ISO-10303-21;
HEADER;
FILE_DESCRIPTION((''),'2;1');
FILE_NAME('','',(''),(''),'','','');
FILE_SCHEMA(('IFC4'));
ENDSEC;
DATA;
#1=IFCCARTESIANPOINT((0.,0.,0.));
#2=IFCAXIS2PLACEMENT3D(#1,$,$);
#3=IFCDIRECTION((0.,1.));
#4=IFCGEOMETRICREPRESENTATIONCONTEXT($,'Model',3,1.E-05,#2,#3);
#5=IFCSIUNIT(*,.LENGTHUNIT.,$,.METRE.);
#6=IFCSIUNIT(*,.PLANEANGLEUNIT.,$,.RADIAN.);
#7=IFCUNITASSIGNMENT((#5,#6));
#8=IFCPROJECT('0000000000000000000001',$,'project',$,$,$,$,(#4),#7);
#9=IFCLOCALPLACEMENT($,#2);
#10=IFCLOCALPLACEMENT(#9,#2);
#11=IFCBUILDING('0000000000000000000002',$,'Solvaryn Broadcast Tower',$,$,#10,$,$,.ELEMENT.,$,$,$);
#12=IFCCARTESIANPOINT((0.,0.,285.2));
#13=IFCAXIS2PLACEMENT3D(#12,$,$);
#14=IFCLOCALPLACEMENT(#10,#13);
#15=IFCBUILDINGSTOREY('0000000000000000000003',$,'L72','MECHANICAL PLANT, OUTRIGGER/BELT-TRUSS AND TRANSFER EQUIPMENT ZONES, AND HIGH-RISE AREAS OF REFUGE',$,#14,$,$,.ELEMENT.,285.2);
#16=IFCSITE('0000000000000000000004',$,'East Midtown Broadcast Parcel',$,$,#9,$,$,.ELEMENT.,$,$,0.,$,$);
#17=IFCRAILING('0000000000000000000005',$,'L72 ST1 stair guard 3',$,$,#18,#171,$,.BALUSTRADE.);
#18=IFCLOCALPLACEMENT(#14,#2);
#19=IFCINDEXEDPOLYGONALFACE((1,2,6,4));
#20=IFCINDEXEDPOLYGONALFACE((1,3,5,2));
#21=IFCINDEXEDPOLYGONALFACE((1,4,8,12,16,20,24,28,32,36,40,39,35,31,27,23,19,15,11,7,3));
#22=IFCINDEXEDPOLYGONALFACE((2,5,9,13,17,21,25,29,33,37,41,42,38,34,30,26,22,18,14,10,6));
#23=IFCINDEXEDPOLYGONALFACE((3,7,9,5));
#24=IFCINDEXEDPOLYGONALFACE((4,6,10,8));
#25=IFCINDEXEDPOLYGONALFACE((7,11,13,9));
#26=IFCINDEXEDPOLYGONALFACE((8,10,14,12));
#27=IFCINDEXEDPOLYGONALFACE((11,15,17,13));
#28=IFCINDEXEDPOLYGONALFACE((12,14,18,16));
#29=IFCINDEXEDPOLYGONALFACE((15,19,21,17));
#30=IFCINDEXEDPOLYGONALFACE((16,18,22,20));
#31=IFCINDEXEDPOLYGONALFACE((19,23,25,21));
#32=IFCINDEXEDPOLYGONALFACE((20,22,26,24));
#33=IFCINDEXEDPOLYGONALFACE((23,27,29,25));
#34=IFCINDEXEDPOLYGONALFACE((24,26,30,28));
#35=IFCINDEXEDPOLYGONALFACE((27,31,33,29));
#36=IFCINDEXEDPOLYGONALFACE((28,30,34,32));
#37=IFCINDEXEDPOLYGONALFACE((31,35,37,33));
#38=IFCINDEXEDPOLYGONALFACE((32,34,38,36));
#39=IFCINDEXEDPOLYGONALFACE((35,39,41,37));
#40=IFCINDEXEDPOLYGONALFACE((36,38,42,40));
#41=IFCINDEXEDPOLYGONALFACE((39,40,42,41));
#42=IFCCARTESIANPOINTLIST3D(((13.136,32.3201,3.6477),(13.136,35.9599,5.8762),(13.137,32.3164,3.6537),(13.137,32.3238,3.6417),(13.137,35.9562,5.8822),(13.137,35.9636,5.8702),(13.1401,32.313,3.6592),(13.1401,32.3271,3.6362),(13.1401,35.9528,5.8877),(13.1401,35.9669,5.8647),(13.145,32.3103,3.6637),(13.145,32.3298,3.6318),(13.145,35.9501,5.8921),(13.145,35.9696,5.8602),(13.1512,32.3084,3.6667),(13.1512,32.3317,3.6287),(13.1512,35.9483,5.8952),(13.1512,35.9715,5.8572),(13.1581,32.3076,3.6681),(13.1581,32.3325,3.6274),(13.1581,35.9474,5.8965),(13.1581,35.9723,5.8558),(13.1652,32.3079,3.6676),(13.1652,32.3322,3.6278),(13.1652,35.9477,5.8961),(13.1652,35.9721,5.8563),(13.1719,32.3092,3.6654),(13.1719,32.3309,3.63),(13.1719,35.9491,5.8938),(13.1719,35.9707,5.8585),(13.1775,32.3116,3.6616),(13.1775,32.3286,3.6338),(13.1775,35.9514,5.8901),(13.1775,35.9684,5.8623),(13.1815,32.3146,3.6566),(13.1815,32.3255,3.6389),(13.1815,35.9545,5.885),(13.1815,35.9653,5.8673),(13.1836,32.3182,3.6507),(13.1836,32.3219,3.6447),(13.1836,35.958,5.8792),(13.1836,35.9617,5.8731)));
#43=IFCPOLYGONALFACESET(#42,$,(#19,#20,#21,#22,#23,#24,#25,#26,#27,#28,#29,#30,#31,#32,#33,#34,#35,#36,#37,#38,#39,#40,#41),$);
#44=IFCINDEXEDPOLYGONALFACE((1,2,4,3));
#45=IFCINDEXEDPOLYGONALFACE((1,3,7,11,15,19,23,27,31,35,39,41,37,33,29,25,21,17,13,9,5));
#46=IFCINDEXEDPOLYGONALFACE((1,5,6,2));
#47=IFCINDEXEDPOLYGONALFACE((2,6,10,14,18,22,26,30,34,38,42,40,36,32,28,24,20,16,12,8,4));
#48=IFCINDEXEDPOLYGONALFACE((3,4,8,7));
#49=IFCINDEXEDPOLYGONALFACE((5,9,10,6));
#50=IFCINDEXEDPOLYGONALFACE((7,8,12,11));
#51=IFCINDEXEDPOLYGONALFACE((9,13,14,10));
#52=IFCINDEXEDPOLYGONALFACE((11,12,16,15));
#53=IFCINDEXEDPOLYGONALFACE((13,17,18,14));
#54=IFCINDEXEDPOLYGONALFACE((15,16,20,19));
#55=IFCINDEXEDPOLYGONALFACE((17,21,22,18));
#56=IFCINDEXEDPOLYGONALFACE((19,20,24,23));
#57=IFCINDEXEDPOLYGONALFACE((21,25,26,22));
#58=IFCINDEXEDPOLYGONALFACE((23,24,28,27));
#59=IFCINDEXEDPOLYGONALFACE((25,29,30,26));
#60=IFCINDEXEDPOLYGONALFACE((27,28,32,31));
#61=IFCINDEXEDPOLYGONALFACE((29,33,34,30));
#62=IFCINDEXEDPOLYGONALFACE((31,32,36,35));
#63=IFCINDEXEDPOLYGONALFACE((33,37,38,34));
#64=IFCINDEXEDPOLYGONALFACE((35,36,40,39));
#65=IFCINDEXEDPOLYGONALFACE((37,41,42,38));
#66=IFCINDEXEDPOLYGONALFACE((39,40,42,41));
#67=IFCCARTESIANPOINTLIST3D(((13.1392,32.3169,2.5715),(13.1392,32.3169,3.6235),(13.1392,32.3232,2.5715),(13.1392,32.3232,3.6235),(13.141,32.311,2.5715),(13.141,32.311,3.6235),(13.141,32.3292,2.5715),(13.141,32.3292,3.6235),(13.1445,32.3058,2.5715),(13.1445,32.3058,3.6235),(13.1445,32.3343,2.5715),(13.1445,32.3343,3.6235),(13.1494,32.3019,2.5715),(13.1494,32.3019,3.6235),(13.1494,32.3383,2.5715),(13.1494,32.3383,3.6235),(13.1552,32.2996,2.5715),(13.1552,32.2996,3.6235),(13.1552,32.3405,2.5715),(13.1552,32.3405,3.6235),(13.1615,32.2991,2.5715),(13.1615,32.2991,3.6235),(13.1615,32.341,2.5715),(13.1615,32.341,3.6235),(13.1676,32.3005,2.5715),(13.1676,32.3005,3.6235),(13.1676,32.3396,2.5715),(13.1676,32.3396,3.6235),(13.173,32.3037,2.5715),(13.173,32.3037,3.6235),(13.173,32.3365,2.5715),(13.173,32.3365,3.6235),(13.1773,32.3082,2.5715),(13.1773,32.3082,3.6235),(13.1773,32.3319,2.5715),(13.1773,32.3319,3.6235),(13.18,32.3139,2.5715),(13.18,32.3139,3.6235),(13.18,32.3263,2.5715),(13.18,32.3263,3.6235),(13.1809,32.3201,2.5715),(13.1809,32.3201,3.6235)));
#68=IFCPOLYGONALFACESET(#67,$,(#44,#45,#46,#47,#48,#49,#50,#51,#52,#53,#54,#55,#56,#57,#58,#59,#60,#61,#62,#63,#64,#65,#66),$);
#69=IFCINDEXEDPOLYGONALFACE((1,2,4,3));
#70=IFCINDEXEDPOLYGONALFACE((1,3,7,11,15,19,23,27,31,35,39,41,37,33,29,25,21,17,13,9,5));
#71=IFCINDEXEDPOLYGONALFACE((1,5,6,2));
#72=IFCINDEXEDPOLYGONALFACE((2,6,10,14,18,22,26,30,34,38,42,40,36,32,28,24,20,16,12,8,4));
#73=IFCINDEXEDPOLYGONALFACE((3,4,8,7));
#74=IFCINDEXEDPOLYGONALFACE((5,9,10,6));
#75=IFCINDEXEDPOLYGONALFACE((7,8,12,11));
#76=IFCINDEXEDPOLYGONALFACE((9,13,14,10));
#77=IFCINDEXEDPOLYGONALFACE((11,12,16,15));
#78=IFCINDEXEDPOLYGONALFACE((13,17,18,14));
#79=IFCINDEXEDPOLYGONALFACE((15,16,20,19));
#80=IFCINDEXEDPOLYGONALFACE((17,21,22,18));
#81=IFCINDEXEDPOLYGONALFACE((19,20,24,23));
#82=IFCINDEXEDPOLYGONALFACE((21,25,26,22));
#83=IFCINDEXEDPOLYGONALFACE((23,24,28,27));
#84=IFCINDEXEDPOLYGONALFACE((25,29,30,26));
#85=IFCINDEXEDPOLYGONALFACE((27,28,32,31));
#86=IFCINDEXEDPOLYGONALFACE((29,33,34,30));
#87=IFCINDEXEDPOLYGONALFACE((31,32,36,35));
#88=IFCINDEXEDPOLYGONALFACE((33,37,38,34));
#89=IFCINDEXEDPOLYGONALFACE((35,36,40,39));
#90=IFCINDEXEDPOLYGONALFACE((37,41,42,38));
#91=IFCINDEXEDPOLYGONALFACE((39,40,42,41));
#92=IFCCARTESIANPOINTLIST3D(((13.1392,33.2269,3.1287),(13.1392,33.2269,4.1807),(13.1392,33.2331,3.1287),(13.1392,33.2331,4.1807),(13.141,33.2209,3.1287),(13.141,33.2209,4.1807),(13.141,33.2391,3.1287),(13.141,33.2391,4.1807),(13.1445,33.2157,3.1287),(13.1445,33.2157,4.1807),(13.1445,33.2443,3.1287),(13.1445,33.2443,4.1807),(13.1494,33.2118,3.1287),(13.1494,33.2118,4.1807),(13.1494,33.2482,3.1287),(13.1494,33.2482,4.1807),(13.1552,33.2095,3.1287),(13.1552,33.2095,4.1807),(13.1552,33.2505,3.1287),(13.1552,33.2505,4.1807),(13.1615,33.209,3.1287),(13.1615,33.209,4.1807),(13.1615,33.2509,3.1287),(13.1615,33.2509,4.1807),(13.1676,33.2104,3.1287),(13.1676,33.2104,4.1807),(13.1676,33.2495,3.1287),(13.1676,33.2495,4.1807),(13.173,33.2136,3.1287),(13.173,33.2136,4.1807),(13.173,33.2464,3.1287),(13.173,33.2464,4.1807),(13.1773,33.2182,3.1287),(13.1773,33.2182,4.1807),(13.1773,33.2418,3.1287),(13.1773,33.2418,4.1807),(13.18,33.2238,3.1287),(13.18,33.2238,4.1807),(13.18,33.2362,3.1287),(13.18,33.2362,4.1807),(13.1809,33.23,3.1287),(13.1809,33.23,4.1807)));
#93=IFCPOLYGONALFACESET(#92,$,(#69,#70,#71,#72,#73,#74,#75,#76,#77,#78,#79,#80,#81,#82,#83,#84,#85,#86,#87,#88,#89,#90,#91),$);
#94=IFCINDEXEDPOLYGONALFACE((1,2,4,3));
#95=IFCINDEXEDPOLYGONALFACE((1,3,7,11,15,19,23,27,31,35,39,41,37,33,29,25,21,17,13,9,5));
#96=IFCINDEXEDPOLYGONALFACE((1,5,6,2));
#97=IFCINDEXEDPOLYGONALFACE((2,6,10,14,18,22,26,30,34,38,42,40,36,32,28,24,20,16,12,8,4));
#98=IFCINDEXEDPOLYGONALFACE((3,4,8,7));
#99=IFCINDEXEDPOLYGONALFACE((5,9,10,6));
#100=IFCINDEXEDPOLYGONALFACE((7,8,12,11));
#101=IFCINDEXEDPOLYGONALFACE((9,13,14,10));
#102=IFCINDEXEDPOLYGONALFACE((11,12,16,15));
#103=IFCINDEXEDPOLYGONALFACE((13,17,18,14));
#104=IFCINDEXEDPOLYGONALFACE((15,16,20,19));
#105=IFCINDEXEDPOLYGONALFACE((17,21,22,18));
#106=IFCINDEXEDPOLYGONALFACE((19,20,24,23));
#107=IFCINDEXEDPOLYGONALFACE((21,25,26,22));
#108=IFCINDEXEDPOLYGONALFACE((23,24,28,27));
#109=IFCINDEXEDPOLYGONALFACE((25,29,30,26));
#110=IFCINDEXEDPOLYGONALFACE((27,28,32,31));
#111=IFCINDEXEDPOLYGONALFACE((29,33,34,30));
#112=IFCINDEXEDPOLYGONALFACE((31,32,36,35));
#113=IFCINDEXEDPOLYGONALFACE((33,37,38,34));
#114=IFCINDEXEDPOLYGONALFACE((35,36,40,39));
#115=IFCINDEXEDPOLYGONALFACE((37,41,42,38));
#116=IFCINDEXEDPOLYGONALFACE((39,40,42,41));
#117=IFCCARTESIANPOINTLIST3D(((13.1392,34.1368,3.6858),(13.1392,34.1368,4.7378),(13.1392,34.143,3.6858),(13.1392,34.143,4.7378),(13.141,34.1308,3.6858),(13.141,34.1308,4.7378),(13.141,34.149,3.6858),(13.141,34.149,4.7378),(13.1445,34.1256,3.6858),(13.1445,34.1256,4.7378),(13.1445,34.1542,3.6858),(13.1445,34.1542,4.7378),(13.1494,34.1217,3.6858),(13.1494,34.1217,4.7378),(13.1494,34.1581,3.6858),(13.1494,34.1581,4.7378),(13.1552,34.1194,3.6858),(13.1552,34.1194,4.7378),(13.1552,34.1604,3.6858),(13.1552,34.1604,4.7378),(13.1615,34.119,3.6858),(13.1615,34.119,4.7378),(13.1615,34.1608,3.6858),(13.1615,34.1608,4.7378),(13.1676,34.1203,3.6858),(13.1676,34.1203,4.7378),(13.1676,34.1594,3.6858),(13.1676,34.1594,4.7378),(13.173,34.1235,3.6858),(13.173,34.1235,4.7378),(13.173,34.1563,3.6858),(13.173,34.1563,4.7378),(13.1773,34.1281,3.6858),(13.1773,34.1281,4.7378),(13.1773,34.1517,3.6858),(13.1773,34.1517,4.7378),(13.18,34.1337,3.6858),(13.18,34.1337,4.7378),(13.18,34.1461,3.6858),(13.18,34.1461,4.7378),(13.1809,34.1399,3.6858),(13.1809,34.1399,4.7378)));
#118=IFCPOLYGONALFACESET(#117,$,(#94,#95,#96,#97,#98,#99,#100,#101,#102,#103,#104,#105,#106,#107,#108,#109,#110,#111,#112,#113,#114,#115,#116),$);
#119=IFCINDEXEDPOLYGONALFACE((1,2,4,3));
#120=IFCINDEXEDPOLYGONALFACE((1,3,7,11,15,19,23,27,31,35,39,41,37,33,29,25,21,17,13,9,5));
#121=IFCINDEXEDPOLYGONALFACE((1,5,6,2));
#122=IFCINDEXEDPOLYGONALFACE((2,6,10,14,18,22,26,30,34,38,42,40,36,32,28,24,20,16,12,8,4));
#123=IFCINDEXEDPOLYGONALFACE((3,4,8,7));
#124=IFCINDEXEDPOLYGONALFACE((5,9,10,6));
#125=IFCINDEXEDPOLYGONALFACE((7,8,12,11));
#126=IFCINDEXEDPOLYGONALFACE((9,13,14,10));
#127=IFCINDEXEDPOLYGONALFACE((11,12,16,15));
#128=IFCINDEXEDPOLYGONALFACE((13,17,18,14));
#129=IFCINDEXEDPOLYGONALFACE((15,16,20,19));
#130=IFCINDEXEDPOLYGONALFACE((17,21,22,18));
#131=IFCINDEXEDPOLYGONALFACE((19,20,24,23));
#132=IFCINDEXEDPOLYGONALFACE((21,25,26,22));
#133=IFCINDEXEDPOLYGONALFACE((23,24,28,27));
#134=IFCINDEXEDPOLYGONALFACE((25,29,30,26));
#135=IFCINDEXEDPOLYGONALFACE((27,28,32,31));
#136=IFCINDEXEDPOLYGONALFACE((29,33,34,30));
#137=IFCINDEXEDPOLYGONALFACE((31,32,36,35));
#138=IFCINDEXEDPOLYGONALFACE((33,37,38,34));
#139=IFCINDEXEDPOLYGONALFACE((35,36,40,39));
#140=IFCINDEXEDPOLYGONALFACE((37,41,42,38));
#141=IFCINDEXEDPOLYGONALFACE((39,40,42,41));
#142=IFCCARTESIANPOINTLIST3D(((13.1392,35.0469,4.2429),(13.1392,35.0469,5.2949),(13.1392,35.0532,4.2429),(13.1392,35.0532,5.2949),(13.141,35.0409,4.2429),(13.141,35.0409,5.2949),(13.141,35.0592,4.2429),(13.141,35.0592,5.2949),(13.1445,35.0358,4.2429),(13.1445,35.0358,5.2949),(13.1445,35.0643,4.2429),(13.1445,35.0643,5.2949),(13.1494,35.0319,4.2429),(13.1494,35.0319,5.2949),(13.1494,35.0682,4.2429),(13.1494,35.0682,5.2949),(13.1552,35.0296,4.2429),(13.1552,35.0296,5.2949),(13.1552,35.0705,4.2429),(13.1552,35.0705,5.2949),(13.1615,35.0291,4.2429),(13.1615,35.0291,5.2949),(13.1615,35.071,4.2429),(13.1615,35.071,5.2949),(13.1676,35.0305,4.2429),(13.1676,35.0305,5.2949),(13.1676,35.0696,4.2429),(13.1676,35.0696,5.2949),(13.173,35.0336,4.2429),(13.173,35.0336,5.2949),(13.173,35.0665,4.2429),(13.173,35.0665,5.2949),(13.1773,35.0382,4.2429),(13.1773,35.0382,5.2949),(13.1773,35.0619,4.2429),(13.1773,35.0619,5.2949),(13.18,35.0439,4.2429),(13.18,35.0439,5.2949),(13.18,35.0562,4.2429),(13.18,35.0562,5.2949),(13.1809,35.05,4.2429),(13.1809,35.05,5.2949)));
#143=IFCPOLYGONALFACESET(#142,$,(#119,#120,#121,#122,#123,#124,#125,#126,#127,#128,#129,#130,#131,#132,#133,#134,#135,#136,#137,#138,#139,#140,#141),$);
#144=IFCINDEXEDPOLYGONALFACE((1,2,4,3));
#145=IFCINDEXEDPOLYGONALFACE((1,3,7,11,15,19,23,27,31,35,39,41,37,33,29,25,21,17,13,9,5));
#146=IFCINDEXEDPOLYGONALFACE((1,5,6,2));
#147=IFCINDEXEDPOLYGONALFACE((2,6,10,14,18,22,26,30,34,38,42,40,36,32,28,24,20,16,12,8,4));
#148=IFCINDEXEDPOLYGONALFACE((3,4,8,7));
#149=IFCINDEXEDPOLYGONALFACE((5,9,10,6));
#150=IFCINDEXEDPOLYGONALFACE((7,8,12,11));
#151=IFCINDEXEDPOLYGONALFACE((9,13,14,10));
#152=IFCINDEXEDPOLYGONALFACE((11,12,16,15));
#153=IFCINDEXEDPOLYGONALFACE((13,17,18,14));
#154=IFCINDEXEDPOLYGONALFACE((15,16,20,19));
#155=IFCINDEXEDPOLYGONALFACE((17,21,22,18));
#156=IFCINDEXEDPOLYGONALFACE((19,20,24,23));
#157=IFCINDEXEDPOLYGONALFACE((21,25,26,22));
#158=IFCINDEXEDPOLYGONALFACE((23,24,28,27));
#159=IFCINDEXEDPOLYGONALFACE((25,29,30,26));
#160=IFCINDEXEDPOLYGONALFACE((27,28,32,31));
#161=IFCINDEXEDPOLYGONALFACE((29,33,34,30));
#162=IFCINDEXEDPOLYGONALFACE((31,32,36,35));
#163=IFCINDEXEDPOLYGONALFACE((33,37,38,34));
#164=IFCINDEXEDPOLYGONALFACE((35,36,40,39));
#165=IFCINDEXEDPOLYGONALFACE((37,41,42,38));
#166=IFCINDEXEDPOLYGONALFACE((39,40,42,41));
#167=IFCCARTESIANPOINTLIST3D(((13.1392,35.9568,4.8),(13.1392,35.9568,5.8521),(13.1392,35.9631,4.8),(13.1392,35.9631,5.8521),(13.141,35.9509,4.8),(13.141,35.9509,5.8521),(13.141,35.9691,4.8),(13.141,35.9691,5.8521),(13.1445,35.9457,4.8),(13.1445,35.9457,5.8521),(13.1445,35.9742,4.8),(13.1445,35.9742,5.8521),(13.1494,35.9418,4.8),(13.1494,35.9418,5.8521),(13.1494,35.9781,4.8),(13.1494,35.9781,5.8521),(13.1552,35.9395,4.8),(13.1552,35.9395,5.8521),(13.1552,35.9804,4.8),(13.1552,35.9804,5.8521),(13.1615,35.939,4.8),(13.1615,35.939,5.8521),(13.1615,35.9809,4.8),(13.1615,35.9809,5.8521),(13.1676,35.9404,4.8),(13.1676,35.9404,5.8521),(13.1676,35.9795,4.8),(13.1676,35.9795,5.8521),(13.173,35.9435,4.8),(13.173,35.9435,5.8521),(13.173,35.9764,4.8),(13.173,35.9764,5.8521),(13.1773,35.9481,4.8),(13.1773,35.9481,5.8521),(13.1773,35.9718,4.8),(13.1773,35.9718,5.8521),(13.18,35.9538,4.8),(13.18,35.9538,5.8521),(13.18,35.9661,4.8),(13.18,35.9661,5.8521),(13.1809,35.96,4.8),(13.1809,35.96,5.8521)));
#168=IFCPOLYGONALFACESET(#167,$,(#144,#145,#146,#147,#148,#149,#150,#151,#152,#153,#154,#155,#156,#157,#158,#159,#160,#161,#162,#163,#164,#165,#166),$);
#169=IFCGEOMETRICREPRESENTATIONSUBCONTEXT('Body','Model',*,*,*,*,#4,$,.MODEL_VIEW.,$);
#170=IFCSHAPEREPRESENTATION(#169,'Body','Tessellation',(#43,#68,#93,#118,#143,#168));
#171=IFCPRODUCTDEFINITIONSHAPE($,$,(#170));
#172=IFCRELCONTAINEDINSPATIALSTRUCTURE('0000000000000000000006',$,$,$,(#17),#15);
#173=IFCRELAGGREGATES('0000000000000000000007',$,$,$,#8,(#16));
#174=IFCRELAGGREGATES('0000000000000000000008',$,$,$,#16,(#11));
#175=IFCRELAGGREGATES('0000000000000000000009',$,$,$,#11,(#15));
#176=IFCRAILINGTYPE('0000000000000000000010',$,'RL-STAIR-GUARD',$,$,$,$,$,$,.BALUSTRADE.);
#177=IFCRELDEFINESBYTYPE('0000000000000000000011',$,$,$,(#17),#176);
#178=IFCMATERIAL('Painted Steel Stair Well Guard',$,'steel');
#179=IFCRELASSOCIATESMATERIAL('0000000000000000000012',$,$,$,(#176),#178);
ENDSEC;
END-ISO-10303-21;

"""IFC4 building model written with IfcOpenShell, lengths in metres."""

from ifc_helpers import new_model, si_unit, direction, frame, origin, origin_2d, place, context, subcontext, project, spatial, circle, extrude, material, type_object, element, save


model = new_model("IFC4")

# Units and contexts
model_context = context("Model", 3, precision=1e-05, world=origin(), true_north=direction((0.0, 1.0)))
body_context = subcontext(model_context, "Body", "Model", "MODEL_VIEW")
ifc_project = project(units=[si_unit("LENGTHUNIT", "METRE"), si_unit("PLANEANGLEUNIT", "RADIAN")], contexts=[model_context])

# Site, building, storey
site_placement = place(None, origin())
site = spatial("IfcSite", under=ifc_project, at=site_placement, Name="East Midtown Broadcast Parcel", CompositionType="ELEMENT", RefElevation=0.0)
building_placement = place(site_placement, origin())
building = spatial("IfcBuilding", under=site, at=building_placement, Name="Solvaryn Broadcast Tower", CompositionType="ELEMENT")
storey_placement = place(building_placement, frame((0.0, 0.0, 285.2)))
storey = spatial("IfcBuildingStorey", under=building, at=storey_placement, Name="L72", Description="MECHANICAL PLANT, OUTRIGGER/BELT-TRUSS AND TRANSFER EQUIPMENT ZONES, AND HIGH-RISE AREAS OF REFUGE", CompositionType="ELEMENT", Elevation=285.2)

# Railing
ifc_material_1 = material(Name="Painted Steel Stair Well Guard", Category="steel")
railing_type_1 = type_object("IfcRailingType", Name="RL-STAIR-GUARD", PredefinedType="BALUSTRADE", material=ifc_material_1)
railing_1_placement = place(storey_placement, frame((13.1599, 32.3201, 2.5715)))
element("IfcRailing", 1, at=railing_1_placement, inside=storey, type_object=railing_type_1, Name="L72 ST1 stair guard 3", PredefinedType="BALUSTRADE", context=body_context, shape_type="SweptSolid", body=[
    extrude(circle(Radius=0.0239, at=origin_2d()), frame((0.0, 0.0, 1.0762), z_axis=(0.0, 0.85285, 0.522156), x_axis=(-1.0, 0.0, 0.0)), (0.0, 0.0, 1.0), 4.2678),
    extrude(circle(Radius=0.021, at=origin_2d()), origin(), (0.0, 0.0, 1.0), 1.052),
    extrude(circle(Radius=0.021, at=origin_2d()), frame((0.0, 0.9099, 0.5571)), (0.0, 0.0, 1.0), 1.052),
    extrude(circle(Radius=0.021, at=origin_2d()), frame((0.0, 1.8198, 1.1143)), (0.0, 0.0, 1.0), 1.052),
    extrude(circle(Radius=0.021, at=origin_2d()), frame((0.0, 2.73, 1.6714)), (0.0, 0.0, 1.0), 1.052),
    extrude(circle(Radius=0.021, at=origin_2d()), frame((0.0, 3.6399, 2.2285)), (0.0, 0.0, 1.0), 1.052),
])

save(model, "model.ifc")
